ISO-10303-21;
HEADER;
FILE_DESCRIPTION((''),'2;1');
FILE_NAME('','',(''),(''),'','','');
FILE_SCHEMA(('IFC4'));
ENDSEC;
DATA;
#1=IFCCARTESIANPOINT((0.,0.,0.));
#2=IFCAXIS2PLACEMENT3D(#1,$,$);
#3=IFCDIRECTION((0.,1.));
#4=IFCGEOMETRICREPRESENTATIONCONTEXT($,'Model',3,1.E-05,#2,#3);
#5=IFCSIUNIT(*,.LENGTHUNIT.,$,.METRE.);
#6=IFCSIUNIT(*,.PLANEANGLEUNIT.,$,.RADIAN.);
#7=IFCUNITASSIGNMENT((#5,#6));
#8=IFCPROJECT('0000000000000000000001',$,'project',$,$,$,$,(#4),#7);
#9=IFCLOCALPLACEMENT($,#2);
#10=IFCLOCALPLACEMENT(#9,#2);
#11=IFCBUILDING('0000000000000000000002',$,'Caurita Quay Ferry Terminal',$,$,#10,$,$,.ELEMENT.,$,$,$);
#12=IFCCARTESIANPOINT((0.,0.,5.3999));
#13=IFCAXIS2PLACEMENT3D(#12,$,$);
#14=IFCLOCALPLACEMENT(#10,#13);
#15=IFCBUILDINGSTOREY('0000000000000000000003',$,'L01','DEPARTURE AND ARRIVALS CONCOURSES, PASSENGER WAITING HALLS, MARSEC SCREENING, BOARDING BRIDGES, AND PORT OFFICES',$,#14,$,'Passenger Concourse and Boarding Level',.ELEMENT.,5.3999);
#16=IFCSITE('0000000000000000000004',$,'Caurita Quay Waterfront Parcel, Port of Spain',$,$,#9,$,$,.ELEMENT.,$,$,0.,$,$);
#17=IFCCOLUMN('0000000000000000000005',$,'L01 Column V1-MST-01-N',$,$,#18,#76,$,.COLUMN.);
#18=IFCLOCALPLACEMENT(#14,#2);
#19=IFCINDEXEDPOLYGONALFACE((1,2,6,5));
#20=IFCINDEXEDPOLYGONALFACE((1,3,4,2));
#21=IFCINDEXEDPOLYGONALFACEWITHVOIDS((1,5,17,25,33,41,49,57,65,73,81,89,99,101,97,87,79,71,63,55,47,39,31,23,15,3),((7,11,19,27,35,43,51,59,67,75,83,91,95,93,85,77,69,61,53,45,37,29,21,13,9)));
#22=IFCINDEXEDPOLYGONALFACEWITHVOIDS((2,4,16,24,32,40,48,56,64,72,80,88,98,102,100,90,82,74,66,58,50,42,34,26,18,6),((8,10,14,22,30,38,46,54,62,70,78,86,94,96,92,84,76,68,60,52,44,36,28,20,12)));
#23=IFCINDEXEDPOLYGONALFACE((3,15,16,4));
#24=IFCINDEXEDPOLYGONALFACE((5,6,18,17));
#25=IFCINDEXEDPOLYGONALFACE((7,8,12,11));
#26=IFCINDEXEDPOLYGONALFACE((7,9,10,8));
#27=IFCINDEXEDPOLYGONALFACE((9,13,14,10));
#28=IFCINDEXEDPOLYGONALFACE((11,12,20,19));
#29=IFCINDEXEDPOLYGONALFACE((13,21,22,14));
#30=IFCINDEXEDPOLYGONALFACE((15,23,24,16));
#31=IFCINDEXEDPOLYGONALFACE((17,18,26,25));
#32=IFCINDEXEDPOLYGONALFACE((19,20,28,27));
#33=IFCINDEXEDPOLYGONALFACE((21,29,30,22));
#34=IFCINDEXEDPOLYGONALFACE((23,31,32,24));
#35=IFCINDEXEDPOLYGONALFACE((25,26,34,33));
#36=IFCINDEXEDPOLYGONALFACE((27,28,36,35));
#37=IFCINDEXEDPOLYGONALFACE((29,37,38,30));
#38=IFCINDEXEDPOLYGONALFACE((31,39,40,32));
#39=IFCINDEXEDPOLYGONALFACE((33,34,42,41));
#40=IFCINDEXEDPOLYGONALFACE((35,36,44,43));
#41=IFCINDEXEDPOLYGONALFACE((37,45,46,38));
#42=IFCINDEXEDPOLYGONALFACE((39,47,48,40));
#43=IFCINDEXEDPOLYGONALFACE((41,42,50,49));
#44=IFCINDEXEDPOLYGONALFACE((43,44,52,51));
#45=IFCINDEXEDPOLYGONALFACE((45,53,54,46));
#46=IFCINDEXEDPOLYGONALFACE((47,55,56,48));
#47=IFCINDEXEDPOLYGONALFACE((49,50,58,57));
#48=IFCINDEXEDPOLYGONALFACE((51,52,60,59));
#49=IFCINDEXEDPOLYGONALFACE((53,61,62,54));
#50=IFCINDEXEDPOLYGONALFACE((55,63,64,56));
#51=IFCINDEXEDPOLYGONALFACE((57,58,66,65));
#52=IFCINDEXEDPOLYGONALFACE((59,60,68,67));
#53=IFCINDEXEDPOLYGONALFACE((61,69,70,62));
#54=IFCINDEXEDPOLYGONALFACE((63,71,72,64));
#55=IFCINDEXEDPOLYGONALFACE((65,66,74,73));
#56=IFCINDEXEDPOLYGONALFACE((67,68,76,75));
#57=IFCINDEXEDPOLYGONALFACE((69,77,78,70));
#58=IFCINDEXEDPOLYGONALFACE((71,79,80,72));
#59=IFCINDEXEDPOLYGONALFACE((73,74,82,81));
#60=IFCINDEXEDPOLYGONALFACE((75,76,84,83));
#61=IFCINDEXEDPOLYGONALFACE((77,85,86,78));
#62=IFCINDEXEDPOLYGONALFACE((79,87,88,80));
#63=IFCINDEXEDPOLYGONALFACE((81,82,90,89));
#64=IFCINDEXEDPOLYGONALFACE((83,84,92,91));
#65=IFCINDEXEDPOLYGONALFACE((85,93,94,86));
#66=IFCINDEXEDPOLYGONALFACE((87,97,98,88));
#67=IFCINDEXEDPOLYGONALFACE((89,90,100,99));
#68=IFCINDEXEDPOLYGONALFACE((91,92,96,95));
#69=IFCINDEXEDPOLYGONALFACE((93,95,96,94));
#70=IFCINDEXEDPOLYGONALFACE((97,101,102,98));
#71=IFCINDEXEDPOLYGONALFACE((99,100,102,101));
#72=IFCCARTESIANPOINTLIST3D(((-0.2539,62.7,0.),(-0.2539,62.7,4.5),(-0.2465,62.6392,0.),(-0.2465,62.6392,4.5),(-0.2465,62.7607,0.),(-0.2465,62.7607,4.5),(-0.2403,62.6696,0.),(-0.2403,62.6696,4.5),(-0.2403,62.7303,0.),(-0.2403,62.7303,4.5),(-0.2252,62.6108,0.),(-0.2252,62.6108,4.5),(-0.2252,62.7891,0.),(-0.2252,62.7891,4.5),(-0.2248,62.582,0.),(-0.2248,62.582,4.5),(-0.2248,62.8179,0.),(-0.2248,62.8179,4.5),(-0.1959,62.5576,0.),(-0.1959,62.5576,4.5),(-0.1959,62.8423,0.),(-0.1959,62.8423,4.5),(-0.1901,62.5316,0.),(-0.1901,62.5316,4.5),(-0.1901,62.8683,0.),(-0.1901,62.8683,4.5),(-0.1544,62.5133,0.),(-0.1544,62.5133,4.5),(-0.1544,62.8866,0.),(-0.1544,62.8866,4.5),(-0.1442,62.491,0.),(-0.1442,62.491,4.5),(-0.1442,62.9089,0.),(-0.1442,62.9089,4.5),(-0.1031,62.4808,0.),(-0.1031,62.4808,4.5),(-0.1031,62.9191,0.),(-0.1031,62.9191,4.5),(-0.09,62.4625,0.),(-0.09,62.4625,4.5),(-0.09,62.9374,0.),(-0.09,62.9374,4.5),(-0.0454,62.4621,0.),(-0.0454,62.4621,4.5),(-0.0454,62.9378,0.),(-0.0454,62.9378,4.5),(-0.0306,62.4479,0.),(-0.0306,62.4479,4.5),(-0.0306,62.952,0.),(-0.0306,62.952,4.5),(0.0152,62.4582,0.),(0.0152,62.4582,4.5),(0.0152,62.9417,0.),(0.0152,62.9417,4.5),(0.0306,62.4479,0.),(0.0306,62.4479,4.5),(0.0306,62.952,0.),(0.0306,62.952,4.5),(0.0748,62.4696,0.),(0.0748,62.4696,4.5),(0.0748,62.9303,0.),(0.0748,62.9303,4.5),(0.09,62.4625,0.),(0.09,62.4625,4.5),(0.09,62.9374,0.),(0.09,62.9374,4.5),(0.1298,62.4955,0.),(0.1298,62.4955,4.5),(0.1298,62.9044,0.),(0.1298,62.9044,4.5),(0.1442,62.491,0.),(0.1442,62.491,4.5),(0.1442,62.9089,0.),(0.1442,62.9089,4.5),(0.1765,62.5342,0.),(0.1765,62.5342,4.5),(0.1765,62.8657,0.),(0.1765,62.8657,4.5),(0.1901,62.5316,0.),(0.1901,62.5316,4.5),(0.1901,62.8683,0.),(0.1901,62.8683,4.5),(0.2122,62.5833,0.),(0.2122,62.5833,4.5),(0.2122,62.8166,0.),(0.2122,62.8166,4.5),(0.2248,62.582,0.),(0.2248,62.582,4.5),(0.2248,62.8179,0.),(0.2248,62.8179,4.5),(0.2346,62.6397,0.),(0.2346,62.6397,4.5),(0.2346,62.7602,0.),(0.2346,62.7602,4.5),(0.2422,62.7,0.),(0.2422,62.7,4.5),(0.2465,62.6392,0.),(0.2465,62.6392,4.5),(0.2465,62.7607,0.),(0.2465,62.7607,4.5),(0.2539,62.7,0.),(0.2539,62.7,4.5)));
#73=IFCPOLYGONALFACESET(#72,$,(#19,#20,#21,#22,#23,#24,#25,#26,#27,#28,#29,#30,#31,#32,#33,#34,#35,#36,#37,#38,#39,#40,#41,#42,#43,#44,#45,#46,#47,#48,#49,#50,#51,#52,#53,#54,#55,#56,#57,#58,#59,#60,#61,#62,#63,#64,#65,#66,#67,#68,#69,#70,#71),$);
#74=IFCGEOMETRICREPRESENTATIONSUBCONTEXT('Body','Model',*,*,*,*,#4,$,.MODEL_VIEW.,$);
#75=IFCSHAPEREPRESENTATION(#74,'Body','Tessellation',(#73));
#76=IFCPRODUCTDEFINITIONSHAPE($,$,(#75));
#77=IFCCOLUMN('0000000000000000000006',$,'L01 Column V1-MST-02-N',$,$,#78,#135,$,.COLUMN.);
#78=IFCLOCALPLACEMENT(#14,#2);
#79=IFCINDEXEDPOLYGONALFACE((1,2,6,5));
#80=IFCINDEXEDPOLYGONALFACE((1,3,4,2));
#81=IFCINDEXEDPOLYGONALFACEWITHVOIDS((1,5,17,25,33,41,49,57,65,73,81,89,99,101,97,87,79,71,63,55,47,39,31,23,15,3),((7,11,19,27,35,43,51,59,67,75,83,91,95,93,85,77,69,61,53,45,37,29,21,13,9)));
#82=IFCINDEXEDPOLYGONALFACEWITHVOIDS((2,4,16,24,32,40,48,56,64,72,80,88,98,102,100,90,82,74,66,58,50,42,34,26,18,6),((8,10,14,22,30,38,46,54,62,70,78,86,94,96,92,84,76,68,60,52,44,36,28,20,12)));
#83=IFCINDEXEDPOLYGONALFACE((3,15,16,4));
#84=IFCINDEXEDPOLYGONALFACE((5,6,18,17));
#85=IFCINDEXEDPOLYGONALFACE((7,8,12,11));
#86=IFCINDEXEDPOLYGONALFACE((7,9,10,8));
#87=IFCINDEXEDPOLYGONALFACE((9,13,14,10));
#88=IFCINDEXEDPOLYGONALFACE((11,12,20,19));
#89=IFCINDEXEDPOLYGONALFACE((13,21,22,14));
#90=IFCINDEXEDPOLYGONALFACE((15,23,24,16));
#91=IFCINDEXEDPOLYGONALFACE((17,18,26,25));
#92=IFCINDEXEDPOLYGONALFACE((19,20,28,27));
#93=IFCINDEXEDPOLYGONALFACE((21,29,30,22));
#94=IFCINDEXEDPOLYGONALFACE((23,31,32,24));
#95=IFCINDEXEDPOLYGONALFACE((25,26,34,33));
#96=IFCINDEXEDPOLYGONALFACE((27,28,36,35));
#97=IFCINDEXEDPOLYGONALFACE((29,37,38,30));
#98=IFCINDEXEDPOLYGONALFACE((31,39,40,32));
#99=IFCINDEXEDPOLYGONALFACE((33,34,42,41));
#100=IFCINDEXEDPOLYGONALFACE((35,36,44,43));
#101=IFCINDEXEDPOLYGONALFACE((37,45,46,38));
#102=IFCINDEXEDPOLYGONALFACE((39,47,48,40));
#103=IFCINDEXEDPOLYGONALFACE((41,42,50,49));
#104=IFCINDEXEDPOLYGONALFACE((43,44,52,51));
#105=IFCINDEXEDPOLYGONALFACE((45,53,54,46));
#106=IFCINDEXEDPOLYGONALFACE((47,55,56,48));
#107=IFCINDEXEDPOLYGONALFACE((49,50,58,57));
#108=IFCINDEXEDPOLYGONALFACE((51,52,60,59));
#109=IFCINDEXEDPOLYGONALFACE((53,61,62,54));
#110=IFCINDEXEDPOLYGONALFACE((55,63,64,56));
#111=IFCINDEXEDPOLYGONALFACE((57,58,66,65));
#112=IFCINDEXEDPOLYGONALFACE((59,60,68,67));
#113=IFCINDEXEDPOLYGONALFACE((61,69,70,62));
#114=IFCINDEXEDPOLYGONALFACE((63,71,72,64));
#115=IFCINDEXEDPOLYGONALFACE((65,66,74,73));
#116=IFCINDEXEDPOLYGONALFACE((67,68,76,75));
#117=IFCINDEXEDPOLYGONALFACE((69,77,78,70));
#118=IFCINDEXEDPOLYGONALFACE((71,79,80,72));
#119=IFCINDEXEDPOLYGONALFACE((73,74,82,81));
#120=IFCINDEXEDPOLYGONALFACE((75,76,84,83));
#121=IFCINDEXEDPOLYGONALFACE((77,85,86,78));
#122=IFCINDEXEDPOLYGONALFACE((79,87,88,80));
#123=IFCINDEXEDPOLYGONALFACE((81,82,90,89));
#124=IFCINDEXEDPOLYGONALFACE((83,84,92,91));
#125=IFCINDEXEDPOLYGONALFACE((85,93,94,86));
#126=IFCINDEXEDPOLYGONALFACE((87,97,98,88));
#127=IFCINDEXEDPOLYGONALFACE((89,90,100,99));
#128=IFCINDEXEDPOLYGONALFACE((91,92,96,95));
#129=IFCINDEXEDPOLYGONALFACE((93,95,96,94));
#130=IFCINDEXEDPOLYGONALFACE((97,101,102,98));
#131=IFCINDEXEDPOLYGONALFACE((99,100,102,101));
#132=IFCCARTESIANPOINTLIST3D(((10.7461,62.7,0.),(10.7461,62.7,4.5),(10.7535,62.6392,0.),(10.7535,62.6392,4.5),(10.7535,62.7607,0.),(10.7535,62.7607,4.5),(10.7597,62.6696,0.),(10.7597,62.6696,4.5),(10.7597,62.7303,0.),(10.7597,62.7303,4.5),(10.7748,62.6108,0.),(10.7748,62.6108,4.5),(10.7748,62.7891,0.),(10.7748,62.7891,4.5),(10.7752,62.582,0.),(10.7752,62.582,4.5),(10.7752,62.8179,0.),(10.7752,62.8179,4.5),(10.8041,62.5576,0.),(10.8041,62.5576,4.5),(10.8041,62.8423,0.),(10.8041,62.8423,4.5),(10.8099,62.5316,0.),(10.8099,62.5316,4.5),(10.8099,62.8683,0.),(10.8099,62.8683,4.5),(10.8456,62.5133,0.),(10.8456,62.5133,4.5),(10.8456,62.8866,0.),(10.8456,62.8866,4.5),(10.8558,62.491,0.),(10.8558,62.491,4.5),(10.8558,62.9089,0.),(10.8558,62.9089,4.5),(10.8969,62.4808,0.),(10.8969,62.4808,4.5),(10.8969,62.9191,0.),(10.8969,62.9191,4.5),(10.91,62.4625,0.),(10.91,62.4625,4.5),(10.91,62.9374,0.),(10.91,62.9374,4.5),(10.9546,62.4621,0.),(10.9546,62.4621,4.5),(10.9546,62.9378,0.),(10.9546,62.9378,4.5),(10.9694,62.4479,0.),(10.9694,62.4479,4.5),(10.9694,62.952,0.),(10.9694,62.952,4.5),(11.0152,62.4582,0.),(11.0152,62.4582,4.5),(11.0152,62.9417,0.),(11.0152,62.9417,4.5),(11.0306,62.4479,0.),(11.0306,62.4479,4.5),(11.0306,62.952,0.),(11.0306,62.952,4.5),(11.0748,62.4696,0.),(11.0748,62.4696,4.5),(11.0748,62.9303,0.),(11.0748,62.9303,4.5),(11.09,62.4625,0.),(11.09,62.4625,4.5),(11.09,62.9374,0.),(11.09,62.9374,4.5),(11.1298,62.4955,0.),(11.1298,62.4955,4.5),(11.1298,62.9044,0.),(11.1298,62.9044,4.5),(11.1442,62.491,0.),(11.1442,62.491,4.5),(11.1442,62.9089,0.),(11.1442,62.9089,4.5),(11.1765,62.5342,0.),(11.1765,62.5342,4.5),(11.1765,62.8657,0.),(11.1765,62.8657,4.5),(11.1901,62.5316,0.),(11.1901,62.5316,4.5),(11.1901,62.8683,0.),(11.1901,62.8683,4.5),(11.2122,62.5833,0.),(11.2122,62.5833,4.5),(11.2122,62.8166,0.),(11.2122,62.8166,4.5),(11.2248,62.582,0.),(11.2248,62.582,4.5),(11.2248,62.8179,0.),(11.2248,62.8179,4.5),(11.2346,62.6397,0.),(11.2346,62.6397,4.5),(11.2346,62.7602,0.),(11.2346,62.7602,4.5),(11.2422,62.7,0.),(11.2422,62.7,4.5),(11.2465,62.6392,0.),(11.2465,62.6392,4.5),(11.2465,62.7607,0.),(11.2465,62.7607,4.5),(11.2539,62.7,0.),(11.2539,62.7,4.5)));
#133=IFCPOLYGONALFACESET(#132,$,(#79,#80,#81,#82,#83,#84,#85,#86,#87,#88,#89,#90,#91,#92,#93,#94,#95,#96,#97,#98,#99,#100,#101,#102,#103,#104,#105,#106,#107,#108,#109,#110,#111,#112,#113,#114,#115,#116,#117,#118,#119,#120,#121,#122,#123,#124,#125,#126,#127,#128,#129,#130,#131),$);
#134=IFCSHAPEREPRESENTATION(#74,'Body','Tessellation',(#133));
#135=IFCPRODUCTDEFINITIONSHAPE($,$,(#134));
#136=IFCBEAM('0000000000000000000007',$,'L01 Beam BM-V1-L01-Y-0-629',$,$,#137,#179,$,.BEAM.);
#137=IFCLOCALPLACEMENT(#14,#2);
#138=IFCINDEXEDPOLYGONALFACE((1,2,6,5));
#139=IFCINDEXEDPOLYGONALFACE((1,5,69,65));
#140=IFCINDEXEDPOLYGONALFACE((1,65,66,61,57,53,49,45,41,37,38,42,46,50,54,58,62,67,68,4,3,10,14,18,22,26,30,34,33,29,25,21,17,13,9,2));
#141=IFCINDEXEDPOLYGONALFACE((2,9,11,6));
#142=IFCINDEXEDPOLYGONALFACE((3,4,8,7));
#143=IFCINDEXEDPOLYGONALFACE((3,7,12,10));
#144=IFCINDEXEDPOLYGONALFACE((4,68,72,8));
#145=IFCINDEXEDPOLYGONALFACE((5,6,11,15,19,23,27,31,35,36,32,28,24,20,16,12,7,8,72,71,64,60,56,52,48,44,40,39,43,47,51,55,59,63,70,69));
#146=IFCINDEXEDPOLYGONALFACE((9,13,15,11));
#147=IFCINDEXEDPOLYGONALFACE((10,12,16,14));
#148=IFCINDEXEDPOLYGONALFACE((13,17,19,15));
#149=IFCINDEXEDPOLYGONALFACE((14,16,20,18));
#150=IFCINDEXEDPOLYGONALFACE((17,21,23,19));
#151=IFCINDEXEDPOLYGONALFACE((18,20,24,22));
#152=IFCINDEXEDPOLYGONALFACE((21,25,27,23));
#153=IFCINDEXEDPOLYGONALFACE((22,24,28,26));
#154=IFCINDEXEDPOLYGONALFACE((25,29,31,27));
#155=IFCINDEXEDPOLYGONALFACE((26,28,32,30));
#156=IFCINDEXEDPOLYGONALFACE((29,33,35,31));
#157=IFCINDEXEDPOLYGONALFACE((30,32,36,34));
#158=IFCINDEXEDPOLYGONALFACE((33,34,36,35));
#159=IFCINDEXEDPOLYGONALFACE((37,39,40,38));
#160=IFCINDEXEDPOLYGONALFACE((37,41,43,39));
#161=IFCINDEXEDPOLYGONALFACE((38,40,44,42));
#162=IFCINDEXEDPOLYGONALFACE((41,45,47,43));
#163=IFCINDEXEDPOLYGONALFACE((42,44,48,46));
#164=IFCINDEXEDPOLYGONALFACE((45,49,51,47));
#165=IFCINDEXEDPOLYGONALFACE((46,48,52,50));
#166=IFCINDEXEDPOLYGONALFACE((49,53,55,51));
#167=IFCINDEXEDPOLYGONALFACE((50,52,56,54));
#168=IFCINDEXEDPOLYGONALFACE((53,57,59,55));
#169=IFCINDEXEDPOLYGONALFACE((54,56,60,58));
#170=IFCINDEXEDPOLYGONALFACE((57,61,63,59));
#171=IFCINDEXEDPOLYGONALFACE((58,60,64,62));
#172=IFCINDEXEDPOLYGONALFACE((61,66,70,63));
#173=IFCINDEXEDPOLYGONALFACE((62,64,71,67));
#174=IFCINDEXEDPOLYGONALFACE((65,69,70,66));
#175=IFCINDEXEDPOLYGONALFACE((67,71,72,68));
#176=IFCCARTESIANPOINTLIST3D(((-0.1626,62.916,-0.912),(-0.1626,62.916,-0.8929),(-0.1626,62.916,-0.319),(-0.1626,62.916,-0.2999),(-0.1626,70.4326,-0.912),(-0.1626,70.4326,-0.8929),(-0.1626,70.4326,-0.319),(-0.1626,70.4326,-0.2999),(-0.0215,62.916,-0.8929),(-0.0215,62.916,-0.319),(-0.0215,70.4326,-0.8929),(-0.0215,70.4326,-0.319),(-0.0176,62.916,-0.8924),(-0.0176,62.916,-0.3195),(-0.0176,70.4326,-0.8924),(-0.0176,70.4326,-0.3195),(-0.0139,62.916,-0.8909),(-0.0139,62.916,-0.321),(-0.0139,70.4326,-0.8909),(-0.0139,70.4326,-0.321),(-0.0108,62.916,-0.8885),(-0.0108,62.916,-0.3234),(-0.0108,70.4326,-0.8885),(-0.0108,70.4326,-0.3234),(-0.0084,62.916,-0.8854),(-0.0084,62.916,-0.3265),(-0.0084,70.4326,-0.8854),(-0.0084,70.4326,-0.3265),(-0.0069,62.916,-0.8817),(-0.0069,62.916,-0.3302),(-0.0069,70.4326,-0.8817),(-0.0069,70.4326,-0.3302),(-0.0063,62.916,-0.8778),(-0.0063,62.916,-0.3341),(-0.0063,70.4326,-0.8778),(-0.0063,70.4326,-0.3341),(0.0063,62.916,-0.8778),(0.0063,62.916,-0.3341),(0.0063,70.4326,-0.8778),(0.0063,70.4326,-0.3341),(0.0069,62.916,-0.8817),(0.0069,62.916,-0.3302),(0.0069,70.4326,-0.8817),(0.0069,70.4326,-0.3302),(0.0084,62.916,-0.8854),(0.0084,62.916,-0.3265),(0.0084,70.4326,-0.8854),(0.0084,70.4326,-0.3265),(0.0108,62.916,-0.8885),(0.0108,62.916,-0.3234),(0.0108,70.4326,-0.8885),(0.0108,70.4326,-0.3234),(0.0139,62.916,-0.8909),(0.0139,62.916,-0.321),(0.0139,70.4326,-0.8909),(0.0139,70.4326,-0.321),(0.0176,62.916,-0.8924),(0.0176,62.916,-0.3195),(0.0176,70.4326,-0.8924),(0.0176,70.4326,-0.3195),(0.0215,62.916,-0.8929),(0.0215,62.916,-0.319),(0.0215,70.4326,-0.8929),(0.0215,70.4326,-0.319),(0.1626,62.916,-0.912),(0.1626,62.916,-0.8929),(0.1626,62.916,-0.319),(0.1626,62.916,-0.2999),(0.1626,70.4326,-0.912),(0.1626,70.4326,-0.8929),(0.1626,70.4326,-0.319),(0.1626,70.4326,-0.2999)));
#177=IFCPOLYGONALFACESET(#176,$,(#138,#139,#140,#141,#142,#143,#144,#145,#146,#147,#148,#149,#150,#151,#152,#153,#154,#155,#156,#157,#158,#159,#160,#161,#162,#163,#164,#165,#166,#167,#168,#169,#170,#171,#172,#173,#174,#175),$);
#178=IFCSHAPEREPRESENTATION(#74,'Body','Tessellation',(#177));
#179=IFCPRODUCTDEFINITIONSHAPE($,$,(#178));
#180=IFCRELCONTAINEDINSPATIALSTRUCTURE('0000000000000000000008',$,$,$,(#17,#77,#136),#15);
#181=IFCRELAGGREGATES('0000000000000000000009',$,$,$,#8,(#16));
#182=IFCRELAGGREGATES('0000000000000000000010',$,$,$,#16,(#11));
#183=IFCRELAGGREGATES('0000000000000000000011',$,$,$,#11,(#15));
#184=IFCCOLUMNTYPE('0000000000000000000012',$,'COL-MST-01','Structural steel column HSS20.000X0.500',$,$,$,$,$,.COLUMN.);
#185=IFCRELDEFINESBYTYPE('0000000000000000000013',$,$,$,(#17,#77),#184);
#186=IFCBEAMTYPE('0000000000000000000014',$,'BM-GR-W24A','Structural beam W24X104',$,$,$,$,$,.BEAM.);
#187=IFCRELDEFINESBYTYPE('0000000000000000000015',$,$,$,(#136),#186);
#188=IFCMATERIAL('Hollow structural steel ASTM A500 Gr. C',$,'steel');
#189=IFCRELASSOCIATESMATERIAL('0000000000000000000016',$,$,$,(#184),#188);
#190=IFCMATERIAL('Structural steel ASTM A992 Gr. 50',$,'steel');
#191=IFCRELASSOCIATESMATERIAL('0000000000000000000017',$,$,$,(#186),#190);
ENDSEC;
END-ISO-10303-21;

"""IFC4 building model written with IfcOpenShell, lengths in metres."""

from ifc_helpers import new_model, si_unit, direction, frame, origin, origin_2d, place, context, subcontext, project, spatial, hollow_circle, i_section, extrude, material, material_profile, profile_set, type_object, element, save


model = new_model("IFC4")

# Units and contexts
model_context = context("Model", 3, precision=1e-05, world=origin(), true_north=direction((0.0, 1.0)))
body_context = subcontext(model_context, "Body", "Model", "MODEL_VIEW")
ifc_project = project(units=[si_unit("LENGTHUNIT", "METRE"), si_unit("PLANEANGLEUNIT", "RADIAN")], contexts=[model_context])

# Site, building, storey
site_placement = place(None, origin())
site = spatial("IfcSite", under=ifc_project, at=site_placement, Name="Caurita Quay Waterfront Parcel, Port of Spain", CompositionType="ELEMENT", RefElevation=0.0)
building_placement = place(site_placement, origin())
building = spatial("IfcBuilding", under=site, at=building_placement, Name="Caurita Quay Ferry Terminal", CompositionType="ELEMENT")
storey_placement = place(building_placement, frame((0.0, 0.0, 5.3999)))
storey = spatial("IfcBuildingStorey", under=building, at=storey_placement, Name="L01", Description="DEPARTURE AND ARRIVALS CONCOURSES, PASSENGER WAITING HALLS, MARSEC SCREENING, BOARDING BRIDGES, AND PORT OFFICES", LongName="Passenger Concourse and Boarding Level", CompositionType="ELEMENT", Elevation=5.3999)

# Columns
ifc_material_1 = material(Name="Hollow structural steel ASTM A500 Gr. C", Category="steel")
ifc_material_profile_1 = material_profile(ifc_material_1, hollow_circle(Radius=0.2539, WallThickness=0.0117, at=origin_2d()), Name="HSS20.000X0.500")
ifc_profile_set_1 = profile_set([ifc_material_profile_1], Name="Hollow structural steel ASTM A500 Gr. C")
column_type = type_object("IfcColumnType", Name="COL-MST-01", Description="Structural steel column HSS20.000X0.500", PredefinedType="COLUMN", material=ifc_profile_set_1)
for number, where, z_axis, x_axis, name in (
    (1, (0.0, 62.7, 0.0), (0.0, 0.0, 1.0), (1.0, 0.0, 0.0), "L01 Column V1-MST-01-N"),
    (2, (11.0, 62.7, 0.0), (0.0, 0.0, 1.0), (1.0, 0.0, 0.0), "L01 Column V1-MST-02-N"),
):
    element("IfcColumn", number, at=place(storey_placement, frame(where, z_axis=z_axis, x_axis=x_axis)), inside=storey, type_object=column_type, Name=name, PredefinedType="COLUMN", context=body_context, shape_type="SweptSolid", body=[
        extrude(hollow_circle(Radius=0.2539, WallThickness=0.0117, at=origin_2d()), origin(), (0.0, 0.0, 1.0), 4.5),
    ])

# Beam
ifc_material_2 = material(Name="Structural steel ASTM A992 Gr. 50", Category="steel")
ifc_material_profile_2 = material_profile(ifc_material_2, i_section(OverallWidth=0.3252, OverallDepth=0.6121, WebThickness=0.0127, FlangeThickness=0.019, FilletRadius=0.0151, at=origin_2d()), Name="W24X104")
ifc_profile_set_2 = profile_set([ifc_material_profile_2], Name="Structural steel ASTM A992 Gr. 50")
beam_type_1 = type_object("IfcBeamType", Name="BM-GR-W24A", Description="Structural beam W24X104", PredefinedType="BEAM", material=ifc_profile_set_2)
beam_1_placement = place(storey_placement, frame((0.0, 62.916, -0.606), z_axis=(0.0, 1.0, 0.0), x_axis=(-1.0, 0.0, 0.0)))
element("IfcBeam", 3, at=beam_1_placement, inside=storey, type_object=beam_type_1, Name="L01 Beam BM-V1-L01-Y-0-629", PredefinedType="BEAM", context=body_context, shape_type="SweptSolid", body=[
    extrude(i_section(OverallWidth=0.3252, OverallDepth=0.6121, WebThickness=0.0127, FlangeThickness=0.019, FilletRadius=0.0151, at=origin_2d()), origin(), (0.0, 0.0, 1.0), 7.5166),
])

save(model, "model.ifc")
